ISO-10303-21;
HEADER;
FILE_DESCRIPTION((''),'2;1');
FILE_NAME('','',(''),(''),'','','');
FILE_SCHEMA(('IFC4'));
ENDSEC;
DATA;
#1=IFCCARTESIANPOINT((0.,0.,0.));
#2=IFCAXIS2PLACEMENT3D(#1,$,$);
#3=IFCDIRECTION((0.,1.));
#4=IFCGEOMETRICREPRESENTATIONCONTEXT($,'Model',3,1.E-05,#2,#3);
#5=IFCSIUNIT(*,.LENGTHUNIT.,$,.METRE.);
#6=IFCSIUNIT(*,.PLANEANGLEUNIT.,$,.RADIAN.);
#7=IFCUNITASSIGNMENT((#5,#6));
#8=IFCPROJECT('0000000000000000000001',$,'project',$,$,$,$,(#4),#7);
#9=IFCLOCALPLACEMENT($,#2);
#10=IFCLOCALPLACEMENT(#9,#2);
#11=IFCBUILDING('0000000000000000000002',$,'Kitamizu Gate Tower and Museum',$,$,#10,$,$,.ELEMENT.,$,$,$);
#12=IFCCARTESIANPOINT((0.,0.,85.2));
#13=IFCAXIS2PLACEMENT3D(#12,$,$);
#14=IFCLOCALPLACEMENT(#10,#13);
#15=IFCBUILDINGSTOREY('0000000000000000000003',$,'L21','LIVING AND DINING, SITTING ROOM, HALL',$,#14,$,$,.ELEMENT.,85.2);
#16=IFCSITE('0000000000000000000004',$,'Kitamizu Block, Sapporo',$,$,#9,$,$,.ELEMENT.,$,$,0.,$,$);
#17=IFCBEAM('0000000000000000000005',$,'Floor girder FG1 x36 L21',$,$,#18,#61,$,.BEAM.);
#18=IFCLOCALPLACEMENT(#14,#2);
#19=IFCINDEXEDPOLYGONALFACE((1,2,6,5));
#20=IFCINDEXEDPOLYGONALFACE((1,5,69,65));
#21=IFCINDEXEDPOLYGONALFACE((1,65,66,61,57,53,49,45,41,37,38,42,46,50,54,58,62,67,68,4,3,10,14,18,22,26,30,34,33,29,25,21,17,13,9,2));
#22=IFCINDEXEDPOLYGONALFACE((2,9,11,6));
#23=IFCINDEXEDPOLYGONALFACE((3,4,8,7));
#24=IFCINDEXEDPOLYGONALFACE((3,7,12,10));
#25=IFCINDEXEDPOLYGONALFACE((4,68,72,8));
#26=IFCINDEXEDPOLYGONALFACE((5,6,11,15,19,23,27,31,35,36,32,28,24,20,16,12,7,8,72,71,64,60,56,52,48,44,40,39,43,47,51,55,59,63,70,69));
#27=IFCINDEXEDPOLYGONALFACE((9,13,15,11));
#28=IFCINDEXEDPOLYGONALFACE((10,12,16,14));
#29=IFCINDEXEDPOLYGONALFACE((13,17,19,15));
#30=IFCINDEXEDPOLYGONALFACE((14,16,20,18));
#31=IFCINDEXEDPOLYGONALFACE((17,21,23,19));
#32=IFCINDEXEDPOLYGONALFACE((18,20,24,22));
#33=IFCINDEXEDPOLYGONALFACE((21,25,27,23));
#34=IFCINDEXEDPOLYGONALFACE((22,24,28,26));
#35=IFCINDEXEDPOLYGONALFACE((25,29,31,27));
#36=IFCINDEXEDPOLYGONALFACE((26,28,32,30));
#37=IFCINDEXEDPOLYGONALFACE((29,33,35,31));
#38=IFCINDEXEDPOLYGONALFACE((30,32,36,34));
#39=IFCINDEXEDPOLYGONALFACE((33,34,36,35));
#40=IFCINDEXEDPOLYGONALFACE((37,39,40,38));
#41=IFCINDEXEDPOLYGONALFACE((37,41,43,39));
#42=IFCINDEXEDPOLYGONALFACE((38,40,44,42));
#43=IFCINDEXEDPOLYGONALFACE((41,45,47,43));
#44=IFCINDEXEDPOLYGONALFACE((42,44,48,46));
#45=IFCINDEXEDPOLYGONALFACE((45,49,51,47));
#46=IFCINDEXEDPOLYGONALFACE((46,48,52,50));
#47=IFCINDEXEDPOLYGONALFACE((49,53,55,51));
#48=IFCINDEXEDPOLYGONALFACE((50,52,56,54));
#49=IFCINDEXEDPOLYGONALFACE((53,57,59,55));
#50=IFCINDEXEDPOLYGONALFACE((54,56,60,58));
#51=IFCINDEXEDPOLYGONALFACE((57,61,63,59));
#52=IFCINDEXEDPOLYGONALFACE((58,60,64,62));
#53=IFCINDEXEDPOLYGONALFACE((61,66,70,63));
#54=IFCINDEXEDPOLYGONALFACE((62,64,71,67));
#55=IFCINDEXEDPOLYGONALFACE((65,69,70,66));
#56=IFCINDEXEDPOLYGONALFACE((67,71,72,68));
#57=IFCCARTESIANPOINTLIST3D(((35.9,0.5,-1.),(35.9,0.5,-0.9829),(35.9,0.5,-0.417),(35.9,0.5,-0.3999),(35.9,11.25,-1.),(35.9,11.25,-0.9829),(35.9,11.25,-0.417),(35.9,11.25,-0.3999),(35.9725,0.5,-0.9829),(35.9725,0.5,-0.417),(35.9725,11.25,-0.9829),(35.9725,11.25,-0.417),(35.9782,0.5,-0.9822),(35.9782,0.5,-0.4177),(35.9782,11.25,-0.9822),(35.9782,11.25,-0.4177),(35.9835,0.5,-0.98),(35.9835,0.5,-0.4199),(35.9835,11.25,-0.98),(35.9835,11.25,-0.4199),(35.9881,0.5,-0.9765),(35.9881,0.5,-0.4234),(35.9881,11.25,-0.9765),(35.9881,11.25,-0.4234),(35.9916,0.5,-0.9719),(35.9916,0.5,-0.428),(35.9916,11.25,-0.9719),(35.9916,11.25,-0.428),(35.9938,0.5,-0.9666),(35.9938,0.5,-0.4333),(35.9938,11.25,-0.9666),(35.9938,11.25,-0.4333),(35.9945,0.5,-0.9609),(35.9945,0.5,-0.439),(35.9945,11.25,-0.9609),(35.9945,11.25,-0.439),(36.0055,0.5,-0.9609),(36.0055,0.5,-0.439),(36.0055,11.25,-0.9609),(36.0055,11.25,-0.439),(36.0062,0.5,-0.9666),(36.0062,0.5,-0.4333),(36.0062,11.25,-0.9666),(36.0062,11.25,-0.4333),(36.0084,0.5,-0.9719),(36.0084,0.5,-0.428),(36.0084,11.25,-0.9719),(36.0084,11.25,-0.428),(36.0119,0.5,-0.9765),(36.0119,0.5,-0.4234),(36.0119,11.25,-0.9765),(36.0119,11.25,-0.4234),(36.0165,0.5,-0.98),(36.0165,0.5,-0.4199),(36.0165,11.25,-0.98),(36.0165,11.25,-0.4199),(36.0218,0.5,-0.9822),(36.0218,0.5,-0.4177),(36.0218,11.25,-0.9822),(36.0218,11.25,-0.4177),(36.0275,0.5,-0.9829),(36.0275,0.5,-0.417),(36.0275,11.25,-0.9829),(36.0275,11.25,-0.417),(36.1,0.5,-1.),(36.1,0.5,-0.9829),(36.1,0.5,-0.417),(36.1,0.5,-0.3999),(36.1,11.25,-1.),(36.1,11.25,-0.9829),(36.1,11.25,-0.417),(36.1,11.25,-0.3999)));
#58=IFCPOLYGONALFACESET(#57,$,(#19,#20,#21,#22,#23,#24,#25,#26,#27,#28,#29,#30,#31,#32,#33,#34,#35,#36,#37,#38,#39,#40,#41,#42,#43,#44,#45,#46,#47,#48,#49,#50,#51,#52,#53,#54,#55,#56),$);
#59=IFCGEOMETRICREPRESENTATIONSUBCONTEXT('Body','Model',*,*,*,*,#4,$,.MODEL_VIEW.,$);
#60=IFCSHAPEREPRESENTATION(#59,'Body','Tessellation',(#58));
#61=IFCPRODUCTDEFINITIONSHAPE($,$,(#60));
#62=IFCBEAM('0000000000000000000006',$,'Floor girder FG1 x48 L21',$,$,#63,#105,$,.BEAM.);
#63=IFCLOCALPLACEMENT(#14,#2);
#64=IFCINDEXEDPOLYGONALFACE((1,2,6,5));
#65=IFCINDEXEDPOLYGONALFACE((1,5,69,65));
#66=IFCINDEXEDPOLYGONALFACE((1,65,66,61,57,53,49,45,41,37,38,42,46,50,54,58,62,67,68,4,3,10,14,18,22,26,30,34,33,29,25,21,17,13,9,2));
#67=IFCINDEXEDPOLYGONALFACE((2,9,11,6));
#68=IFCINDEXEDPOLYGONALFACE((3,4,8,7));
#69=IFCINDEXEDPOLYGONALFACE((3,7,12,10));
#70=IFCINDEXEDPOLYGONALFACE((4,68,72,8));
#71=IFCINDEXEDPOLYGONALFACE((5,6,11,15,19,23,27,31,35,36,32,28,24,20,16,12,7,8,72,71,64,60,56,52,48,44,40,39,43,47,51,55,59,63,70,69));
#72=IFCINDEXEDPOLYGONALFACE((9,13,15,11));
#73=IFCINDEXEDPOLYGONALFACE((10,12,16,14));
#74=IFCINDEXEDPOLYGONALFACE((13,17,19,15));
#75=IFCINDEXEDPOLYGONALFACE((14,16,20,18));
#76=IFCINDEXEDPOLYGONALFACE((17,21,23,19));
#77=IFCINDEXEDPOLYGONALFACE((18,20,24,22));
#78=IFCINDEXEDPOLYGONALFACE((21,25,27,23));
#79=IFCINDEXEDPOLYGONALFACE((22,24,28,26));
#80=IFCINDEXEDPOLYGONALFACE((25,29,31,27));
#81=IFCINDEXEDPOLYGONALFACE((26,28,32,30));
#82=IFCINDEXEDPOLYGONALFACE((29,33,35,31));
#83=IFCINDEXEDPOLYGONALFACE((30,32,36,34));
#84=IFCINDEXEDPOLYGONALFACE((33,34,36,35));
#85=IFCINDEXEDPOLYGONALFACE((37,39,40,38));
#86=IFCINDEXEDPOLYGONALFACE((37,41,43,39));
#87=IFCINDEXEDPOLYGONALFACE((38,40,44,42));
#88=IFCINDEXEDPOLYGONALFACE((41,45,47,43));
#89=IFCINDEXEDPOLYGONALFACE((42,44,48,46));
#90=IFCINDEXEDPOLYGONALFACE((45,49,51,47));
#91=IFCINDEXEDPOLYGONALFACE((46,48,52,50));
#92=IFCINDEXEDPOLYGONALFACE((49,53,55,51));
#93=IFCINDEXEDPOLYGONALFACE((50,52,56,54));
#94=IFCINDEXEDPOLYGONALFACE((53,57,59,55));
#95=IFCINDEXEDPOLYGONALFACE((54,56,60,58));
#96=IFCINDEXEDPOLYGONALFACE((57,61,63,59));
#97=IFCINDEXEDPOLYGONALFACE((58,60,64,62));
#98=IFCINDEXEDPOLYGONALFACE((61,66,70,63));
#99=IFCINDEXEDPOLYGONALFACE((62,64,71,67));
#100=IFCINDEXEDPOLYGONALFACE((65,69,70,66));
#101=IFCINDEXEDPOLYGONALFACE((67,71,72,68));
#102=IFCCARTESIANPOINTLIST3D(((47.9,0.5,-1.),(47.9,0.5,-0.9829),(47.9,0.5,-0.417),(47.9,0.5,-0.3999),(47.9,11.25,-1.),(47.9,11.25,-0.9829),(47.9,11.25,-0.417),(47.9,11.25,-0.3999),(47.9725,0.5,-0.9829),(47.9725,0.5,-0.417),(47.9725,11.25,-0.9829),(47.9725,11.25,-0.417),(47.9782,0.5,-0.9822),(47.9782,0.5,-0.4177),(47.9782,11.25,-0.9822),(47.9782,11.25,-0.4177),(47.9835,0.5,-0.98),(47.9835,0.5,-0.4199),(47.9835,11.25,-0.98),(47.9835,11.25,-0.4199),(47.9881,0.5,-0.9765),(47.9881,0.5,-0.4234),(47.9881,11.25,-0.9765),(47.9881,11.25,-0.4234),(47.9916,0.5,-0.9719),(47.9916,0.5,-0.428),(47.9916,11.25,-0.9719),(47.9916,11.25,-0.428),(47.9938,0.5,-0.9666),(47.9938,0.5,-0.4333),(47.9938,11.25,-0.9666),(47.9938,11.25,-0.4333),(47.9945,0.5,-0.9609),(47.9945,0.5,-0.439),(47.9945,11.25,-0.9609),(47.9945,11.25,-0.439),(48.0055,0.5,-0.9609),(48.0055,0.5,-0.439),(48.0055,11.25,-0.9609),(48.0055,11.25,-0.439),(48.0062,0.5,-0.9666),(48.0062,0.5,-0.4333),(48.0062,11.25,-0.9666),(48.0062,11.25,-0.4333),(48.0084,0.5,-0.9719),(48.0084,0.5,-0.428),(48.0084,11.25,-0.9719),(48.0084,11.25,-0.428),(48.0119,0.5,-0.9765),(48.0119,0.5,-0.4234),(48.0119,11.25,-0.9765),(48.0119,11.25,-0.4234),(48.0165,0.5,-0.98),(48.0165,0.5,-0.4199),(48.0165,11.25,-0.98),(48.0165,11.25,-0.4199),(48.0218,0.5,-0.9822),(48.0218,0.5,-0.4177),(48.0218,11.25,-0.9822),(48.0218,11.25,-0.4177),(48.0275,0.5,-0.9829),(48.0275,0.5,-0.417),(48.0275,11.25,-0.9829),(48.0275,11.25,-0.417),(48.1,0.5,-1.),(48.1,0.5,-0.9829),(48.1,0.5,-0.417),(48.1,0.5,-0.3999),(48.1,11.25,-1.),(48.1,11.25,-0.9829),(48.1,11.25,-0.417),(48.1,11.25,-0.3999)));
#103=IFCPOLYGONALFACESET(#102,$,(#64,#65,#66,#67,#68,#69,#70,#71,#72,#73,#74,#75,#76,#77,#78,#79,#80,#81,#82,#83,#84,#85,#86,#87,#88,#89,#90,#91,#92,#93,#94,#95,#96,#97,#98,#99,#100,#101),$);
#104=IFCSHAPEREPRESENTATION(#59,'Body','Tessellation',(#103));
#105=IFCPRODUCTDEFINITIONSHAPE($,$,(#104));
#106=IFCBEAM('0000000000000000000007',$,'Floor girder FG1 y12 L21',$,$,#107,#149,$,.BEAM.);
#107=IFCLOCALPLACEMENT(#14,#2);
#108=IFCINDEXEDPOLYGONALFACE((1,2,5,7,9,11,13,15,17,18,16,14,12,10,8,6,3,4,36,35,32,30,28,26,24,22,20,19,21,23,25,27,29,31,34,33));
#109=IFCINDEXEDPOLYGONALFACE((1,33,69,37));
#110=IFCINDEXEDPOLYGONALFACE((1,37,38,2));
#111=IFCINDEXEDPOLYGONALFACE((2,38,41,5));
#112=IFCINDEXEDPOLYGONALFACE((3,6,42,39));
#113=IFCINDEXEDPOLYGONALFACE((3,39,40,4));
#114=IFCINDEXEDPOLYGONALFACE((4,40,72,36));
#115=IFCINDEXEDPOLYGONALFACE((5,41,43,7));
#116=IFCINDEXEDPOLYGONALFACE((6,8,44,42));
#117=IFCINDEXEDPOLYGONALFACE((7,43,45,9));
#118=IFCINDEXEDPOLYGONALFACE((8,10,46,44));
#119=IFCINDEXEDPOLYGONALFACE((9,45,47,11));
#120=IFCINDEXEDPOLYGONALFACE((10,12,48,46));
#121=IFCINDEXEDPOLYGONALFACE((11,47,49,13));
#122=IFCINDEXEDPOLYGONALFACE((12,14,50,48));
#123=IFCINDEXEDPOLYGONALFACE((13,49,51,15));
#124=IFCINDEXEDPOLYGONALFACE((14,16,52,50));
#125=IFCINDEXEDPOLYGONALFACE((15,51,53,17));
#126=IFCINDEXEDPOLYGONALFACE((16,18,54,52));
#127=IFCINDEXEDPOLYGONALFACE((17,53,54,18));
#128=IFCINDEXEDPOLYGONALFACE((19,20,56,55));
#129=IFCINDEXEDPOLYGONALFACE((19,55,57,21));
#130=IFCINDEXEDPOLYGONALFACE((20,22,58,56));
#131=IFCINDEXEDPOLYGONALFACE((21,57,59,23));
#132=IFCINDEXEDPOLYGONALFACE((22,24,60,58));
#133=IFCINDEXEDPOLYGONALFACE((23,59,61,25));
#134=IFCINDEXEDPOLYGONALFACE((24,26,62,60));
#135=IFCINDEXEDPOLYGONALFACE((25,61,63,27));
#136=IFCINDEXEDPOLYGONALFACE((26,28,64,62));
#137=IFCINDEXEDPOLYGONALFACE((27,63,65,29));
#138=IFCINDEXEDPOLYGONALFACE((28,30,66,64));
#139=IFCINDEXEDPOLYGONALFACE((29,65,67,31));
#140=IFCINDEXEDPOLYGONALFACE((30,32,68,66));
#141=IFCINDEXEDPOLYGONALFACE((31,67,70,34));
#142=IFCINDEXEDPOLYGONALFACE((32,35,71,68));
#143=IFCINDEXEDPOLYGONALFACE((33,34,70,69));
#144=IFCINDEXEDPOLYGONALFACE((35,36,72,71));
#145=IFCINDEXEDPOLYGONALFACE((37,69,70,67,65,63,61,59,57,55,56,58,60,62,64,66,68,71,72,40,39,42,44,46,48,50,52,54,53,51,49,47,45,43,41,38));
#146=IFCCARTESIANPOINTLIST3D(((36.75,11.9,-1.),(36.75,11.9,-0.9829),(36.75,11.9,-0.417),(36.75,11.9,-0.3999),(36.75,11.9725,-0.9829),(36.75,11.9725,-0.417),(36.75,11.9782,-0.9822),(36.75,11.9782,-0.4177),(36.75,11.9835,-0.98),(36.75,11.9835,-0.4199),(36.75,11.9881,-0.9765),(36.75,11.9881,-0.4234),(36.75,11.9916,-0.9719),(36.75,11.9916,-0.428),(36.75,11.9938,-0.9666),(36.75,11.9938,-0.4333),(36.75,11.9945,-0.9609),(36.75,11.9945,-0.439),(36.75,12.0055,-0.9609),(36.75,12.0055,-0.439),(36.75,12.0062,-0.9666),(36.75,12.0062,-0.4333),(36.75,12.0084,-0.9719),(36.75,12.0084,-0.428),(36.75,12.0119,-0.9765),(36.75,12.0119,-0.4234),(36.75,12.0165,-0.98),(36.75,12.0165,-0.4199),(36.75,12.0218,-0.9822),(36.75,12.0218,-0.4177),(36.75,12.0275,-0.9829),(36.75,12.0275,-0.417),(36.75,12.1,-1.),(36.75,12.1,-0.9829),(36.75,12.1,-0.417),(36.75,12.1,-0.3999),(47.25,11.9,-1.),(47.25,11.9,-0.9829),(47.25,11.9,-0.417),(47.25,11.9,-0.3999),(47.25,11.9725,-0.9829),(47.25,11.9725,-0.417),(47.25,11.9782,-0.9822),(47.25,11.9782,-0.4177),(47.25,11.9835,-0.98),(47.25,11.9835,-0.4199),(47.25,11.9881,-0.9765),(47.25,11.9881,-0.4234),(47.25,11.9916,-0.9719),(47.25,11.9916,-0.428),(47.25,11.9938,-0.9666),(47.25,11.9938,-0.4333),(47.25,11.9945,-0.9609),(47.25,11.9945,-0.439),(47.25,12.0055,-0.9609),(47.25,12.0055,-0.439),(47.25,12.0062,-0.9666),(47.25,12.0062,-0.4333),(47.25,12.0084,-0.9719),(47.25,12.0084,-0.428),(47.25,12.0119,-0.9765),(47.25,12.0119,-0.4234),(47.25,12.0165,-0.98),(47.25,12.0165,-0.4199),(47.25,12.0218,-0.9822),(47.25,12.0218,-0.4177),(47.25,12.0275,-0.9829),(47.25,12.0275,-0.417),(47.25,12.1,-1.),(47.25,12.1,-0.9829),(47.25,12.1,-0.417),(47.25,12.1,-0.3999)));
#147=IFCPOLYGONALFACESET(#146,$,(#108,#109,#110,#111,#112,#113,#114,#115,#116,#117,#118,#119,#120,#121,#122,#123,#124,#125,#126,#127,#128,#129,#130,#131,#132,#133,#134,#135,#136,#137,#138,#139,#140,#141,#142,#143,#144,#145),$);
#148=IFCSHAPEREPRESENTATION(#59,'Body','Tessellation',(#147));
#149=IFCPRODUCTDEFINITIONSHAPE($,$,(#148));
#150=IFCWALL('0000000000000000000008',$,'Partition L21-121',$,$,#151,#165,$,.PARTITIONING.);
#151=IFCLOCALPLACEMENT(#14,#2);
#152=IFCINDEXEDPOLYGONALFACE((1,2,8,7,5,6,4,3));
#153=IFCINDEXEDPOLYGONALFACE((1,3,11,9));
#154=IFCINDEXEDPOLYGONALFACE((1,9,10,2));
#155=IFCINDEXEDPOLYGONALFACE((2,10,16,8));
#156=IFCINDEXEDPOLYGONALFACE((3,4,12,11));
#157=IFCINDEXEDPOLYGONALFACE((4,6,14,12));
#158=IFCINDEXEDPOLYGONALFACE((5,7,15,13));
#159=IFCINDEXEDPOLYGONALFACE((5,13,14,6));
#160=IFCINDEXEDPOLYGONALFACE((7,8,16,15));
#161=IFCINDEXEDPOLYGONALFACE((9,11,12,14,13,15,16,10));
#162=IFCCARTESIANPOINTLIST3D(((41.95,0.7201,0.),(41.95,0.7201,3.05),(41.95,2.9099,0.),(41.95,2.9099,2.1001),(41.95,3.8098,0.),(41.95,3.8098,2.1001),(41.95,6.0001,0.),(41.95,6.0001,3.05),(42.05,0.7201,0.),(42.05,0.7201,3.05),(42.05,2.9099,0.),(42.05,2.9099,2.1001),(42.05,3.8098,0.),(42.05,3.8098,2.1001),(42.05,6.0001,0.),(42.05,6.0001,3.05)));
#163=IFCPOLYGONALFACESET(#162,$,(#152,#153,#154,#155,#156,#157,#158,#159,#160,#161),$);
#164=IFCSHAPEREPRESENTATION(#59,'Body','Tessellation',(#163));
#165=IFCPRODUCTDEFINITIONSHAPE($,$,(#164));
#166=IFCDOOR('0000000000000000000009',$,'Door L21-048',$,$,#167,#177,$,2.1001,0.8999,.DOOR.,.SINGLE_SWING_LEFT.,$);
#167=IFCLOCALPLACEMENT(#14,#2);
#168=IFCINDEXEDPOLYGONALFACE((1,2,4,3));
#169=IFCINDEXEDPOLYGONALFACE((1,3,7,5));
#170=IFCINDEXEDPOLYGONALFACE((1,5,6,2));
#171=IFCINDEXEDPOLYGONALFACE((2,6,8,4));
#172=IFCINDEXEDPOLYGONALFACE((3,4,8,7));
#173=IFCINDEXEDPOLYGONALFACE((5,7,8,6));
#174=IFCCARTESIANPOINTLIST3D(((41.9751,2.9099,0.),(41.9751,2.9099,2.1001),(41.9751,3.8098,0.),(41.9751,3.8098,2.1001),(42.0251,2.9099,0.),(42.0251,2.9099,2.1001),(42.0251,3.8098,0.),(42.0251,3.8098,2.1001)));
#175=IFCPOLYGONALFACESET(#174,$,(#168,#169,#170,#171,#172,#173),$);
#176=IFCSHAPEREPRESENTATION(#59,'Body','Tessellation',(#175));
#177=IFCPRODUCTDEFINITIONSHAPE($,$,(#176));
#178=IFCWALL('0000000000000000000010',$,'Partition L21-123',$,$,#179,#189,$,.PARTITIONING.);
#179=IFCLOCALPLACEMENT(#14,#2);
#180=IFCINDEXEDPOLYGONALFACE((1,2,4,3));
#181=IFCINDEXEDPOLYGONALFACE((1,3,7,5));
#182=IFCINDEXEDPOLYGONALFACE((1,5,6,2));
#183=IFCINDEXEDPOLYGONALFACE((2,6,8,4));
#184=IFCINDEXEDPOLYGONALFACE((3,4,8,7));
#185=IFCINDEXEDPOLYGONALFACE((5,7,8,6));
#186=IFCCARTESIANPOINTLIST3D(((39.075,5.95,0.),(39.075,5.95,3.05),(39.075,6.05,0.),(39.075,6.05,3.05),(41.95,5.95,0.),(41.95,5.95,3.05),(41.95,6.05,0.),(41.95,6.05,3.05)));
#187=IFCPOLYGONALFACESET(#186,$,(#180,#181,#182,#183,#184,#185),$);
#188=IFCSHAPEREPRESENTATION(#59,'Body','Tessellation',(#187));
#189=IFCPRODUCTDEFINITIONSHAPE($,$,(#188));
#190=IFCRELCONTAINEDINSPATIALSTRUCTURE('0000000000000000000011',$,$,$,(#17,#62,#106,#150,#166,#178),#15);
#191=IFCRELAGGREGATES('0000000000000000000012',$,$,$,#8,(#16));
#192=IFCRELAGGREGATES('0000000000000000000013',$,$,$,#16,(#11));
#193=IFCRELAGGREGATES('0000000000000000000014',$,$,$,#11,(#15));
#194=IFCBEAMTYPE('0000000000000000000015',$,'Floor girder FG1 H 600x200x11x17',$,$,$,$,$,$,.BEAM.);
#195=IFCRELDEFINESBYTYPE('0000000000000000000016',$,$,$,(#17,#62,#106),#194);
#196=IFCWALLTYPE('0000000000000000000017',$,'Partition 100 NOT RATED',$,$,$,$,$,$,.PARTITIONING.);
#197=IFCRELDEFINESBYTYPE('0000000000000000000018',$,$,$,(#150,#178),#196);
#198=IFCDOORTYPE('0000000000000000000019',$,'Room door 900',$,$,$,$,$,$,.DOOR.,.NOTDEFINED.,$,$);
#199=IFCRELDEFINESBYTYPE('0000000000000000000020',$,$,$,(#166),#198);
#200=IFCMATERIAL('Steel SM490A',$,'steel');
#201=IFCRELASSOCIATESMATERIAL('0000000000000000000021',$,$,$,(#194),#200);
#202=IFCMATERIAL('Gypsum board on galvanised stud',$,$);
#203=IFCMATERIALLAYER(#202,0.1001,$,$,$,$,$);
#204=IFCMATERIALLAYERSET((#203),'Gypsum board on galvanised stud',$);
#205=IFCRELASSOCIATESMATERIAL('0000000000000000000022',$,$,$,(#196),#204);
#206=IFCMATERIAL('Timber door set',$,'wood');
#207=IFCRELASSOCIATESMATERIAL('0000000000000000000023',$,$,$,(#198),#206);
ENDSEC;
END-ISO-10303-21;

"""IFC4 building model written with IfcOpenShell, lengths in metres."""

from ifc_helpers import new_model, si_unit, direction, frame, frame_2d, origin, origin_2d, place, context, subcontext, project, spatial, rectangle, i_section, extrude, material, layer, layer_set, material_profile, profile_set, type_object, element, fill, save


model = new_model("IFC4")

# Units and contexts
model_context = context("Model", 3, precision=1e-05, world=origin(), true_north=direction((0.0, 1.0)))
body_context = subcontext(model_context, "Body", "Model", "MODEL_VIEW")
ifc_project = project(units=[si_unit("LENGTHUNIT", "METRE"), si_unit("PLANEANGLEUNIT", "RADIAN")], contexts=[model_context])

# Site, building, storey
site_placement = place(None, origin())
site = spatial("IfcSite", under=ifc_project, at=site_placement, Name="Kitamizu Block, Sapporo", CompositionType="ELEMENT", RefElevation=0.0)
building_placement = place(site_placement, origin())
building = spatial("IfcBuilding", under=site, at=building_placement, Name="Kitamizu Gate Tower and Museum", CompositionType="ELEMENT")
storey_placement = place(building_placement, frame((0.0, 0.0, 85.2)))
storey = spatial("IfcBuildingStorey", under=building, at=storey_placement, Name="L21", Description="LIVING AND DINING, SITTING ROOM, HALL", CompositionType="ELEMENT", Elevation=85.2)

# Beams
ifc_material_1 = material(Name="Steel SM490A", Category="steel")
ifc_material_profile_1 = material_profile(ifc_material_1, i_section(OverallWidth=0.2, OverallDepth=0.6001, WebThickness=0.011, FlangeThickness=0.0171, FilletRadius=0.022, at=origin_2d()), Name="H-600x200x11x17")
ifc_profile_set_1 = profile_set([ifc_material_profile_1], Name="Steel SM490A")
beam_type_1 = type_object("IfcBeamType", Name="Floor girder FG1 H 600x200x11x17", PredefinedType="BEAM", material=ifc_profile_set_1)
for number, where, z_axis, x_axis, name in (
    (1, (36.0, 0.5, -0.7), (0.0, 1.0, 0.0), (-1.0, 0.0, 0.0), "Floor girder FG1 x36 L21"),
    (2, (48.0, 0.5, -0.7), (0.0, 1.0, 0.0), (-1.0, 0.0, 0.0), "Floor girder FG1 x48 L21"),
):
    element("IfcBeam", number, at=place(storey_placement, frame(where, z_axis=z_axis, x_axis=x_axis)), inside=storey, type_object=beam_type_1, Name=name, PredefinedType="BEAM", context=body_context, shape_type="SweptSolid", body=[
        extrude(i_section(OverallWidth=0.2, OverallDepth=0.6001, WebThickness=0.011, FlangeThickness=0.0171, FilletRadius=0.022, at=origin_2d()), origin(), (0.0, 0.0, 1.0), 10.75),
    ])
beam_placement = place(storey_placement, frame((36.75, 12.0, -0.7), z_axis=(1.0, 0.0, 0.0), x_axis=(0.0, 1.0, 0.0)))
element("IfcBeam", 3, at=beam_placement, inside=storey, type_object=beam_type_1, Name="Floor girder FG1 y12 L21", PredefinedType="BEAM", context=body_context, shape_type="SweptSolid", body=[
    extrude(i_section(OverallWidth=0.2, OverallDepth=0.6001, WebThickness=0.011, FlangeThickness=0.0171, FilletRadius=0.022, at=origin_2d()), origin(), (0.0, 0.0, 1.0), 10.5),
])

# Wall, opening, door
ifc_material_2 = material(Name="Gypsum board on galvanised stud")
ifc_layer_1 = layer(ifc_material_2, 0.1001)
ifc_layer_set_1 = layer_set([ifc_layer_1], Name="Gypsum board on galvanised stud")
wall_type_1 = type_object("IfcWallType", Name="Partition 100 NOT RATED", PredefinedType="PARTITIONING", material=ifc_layer_set_1)
wall_1_placement = place(storey_placement, frame((42.0, 0.72, 0.0), z_axis=(0.0, 0.0, 1.0), x_axis=(0.0, 1.0, 0.0)))
wall_1 = element("IfcWall", 4, at=wall_1_placement, inside=storey, type_object=wall_type_1, Name="Partition L21-121", PredefinedType="PARTITIONING", context=body_context, shape_type="SweptSolid", body=[
    extrude(rectangle(XDim=5.28, YDim=0.1001, at=frame_2d((2.6401, 0.0))), origin(), (0.0, 0.0, 1.0), 3.05),
])
opening_1_placement = place(wall_1_placement, frame((2.1899, 0.0, 0.0)))
opening_1 = element("IfcOpeningElement", 5, at=opening_1_placement, cuts=wall_1, PredefinedType="OPENING", context=body_context, shape_type="SweptSolid", body=[
    extrude(rectangle(XDim=0.8999, YDim=2.1001, at=frame_2d((0.45, 1.05))), frame((0.0, 0.0601, 0.0), z_axis=(0.0, -1.0, 0.0), x_axis=(1.0, 0.0, 0.0)), (0.0, 0.0, 1.0), 0.1201),
])
ifc_material_3 = material(Name="Timber door set", Category="wood")
door_type_1 = type_object("IfcDoorType", Name="Room door 900", OperationType="NOTDEFINED", PredefinedType="DOOR", material=ifc_material_3)
door_1_placement = place(opening_1_placement, origin())
door_1 = element("IfcDoor", 6, at=door_1_placement, inside=storey, type_object=door_type_1, Name="Door L21-048", OperationType="SINGLE_SWING_LEFT", OverallHeight=2.1001, OverallWidth=0.8999, PredefinedType="DOOR", context=body_context, shape_type="SweptSolid", body=[
    extrude(rectangle(XDim=0.8999, YDim=2.1001, at=frame_2d((0.45, 1.05))), frame((0.0, 0.0249, 0.0), z_axis=(0.0, -1.0, 0.0), x_axis=(1.0, 0.0, 0.0)), (0.0, 0.0, 1.0), 0.05),
])
fill(opening_1, door_1)

# Wall
wall_2_placement = place(storey_placement, frame((41.95, 6.0, 0.0), z_axis=(0.0, 0.0, 1.0), x_axis=(-1.0, 0.0, 0.0)))
element("IfcWall", 7, at=wall_2_placement, inside=storey, type_object=wall_type_1, Name="Partition L21-123", PredefinedType="PARTITIONING", context=body_context, shape_type="SweptSolid", body=[
    extrude(rectangle(XDim=2.875, YDim=0.1001, at=frame_2d((1.4375, 0.0))), origin(), (0.0, 0.0, 1.0), 3.05),
])

save(model, "model.ifc")
